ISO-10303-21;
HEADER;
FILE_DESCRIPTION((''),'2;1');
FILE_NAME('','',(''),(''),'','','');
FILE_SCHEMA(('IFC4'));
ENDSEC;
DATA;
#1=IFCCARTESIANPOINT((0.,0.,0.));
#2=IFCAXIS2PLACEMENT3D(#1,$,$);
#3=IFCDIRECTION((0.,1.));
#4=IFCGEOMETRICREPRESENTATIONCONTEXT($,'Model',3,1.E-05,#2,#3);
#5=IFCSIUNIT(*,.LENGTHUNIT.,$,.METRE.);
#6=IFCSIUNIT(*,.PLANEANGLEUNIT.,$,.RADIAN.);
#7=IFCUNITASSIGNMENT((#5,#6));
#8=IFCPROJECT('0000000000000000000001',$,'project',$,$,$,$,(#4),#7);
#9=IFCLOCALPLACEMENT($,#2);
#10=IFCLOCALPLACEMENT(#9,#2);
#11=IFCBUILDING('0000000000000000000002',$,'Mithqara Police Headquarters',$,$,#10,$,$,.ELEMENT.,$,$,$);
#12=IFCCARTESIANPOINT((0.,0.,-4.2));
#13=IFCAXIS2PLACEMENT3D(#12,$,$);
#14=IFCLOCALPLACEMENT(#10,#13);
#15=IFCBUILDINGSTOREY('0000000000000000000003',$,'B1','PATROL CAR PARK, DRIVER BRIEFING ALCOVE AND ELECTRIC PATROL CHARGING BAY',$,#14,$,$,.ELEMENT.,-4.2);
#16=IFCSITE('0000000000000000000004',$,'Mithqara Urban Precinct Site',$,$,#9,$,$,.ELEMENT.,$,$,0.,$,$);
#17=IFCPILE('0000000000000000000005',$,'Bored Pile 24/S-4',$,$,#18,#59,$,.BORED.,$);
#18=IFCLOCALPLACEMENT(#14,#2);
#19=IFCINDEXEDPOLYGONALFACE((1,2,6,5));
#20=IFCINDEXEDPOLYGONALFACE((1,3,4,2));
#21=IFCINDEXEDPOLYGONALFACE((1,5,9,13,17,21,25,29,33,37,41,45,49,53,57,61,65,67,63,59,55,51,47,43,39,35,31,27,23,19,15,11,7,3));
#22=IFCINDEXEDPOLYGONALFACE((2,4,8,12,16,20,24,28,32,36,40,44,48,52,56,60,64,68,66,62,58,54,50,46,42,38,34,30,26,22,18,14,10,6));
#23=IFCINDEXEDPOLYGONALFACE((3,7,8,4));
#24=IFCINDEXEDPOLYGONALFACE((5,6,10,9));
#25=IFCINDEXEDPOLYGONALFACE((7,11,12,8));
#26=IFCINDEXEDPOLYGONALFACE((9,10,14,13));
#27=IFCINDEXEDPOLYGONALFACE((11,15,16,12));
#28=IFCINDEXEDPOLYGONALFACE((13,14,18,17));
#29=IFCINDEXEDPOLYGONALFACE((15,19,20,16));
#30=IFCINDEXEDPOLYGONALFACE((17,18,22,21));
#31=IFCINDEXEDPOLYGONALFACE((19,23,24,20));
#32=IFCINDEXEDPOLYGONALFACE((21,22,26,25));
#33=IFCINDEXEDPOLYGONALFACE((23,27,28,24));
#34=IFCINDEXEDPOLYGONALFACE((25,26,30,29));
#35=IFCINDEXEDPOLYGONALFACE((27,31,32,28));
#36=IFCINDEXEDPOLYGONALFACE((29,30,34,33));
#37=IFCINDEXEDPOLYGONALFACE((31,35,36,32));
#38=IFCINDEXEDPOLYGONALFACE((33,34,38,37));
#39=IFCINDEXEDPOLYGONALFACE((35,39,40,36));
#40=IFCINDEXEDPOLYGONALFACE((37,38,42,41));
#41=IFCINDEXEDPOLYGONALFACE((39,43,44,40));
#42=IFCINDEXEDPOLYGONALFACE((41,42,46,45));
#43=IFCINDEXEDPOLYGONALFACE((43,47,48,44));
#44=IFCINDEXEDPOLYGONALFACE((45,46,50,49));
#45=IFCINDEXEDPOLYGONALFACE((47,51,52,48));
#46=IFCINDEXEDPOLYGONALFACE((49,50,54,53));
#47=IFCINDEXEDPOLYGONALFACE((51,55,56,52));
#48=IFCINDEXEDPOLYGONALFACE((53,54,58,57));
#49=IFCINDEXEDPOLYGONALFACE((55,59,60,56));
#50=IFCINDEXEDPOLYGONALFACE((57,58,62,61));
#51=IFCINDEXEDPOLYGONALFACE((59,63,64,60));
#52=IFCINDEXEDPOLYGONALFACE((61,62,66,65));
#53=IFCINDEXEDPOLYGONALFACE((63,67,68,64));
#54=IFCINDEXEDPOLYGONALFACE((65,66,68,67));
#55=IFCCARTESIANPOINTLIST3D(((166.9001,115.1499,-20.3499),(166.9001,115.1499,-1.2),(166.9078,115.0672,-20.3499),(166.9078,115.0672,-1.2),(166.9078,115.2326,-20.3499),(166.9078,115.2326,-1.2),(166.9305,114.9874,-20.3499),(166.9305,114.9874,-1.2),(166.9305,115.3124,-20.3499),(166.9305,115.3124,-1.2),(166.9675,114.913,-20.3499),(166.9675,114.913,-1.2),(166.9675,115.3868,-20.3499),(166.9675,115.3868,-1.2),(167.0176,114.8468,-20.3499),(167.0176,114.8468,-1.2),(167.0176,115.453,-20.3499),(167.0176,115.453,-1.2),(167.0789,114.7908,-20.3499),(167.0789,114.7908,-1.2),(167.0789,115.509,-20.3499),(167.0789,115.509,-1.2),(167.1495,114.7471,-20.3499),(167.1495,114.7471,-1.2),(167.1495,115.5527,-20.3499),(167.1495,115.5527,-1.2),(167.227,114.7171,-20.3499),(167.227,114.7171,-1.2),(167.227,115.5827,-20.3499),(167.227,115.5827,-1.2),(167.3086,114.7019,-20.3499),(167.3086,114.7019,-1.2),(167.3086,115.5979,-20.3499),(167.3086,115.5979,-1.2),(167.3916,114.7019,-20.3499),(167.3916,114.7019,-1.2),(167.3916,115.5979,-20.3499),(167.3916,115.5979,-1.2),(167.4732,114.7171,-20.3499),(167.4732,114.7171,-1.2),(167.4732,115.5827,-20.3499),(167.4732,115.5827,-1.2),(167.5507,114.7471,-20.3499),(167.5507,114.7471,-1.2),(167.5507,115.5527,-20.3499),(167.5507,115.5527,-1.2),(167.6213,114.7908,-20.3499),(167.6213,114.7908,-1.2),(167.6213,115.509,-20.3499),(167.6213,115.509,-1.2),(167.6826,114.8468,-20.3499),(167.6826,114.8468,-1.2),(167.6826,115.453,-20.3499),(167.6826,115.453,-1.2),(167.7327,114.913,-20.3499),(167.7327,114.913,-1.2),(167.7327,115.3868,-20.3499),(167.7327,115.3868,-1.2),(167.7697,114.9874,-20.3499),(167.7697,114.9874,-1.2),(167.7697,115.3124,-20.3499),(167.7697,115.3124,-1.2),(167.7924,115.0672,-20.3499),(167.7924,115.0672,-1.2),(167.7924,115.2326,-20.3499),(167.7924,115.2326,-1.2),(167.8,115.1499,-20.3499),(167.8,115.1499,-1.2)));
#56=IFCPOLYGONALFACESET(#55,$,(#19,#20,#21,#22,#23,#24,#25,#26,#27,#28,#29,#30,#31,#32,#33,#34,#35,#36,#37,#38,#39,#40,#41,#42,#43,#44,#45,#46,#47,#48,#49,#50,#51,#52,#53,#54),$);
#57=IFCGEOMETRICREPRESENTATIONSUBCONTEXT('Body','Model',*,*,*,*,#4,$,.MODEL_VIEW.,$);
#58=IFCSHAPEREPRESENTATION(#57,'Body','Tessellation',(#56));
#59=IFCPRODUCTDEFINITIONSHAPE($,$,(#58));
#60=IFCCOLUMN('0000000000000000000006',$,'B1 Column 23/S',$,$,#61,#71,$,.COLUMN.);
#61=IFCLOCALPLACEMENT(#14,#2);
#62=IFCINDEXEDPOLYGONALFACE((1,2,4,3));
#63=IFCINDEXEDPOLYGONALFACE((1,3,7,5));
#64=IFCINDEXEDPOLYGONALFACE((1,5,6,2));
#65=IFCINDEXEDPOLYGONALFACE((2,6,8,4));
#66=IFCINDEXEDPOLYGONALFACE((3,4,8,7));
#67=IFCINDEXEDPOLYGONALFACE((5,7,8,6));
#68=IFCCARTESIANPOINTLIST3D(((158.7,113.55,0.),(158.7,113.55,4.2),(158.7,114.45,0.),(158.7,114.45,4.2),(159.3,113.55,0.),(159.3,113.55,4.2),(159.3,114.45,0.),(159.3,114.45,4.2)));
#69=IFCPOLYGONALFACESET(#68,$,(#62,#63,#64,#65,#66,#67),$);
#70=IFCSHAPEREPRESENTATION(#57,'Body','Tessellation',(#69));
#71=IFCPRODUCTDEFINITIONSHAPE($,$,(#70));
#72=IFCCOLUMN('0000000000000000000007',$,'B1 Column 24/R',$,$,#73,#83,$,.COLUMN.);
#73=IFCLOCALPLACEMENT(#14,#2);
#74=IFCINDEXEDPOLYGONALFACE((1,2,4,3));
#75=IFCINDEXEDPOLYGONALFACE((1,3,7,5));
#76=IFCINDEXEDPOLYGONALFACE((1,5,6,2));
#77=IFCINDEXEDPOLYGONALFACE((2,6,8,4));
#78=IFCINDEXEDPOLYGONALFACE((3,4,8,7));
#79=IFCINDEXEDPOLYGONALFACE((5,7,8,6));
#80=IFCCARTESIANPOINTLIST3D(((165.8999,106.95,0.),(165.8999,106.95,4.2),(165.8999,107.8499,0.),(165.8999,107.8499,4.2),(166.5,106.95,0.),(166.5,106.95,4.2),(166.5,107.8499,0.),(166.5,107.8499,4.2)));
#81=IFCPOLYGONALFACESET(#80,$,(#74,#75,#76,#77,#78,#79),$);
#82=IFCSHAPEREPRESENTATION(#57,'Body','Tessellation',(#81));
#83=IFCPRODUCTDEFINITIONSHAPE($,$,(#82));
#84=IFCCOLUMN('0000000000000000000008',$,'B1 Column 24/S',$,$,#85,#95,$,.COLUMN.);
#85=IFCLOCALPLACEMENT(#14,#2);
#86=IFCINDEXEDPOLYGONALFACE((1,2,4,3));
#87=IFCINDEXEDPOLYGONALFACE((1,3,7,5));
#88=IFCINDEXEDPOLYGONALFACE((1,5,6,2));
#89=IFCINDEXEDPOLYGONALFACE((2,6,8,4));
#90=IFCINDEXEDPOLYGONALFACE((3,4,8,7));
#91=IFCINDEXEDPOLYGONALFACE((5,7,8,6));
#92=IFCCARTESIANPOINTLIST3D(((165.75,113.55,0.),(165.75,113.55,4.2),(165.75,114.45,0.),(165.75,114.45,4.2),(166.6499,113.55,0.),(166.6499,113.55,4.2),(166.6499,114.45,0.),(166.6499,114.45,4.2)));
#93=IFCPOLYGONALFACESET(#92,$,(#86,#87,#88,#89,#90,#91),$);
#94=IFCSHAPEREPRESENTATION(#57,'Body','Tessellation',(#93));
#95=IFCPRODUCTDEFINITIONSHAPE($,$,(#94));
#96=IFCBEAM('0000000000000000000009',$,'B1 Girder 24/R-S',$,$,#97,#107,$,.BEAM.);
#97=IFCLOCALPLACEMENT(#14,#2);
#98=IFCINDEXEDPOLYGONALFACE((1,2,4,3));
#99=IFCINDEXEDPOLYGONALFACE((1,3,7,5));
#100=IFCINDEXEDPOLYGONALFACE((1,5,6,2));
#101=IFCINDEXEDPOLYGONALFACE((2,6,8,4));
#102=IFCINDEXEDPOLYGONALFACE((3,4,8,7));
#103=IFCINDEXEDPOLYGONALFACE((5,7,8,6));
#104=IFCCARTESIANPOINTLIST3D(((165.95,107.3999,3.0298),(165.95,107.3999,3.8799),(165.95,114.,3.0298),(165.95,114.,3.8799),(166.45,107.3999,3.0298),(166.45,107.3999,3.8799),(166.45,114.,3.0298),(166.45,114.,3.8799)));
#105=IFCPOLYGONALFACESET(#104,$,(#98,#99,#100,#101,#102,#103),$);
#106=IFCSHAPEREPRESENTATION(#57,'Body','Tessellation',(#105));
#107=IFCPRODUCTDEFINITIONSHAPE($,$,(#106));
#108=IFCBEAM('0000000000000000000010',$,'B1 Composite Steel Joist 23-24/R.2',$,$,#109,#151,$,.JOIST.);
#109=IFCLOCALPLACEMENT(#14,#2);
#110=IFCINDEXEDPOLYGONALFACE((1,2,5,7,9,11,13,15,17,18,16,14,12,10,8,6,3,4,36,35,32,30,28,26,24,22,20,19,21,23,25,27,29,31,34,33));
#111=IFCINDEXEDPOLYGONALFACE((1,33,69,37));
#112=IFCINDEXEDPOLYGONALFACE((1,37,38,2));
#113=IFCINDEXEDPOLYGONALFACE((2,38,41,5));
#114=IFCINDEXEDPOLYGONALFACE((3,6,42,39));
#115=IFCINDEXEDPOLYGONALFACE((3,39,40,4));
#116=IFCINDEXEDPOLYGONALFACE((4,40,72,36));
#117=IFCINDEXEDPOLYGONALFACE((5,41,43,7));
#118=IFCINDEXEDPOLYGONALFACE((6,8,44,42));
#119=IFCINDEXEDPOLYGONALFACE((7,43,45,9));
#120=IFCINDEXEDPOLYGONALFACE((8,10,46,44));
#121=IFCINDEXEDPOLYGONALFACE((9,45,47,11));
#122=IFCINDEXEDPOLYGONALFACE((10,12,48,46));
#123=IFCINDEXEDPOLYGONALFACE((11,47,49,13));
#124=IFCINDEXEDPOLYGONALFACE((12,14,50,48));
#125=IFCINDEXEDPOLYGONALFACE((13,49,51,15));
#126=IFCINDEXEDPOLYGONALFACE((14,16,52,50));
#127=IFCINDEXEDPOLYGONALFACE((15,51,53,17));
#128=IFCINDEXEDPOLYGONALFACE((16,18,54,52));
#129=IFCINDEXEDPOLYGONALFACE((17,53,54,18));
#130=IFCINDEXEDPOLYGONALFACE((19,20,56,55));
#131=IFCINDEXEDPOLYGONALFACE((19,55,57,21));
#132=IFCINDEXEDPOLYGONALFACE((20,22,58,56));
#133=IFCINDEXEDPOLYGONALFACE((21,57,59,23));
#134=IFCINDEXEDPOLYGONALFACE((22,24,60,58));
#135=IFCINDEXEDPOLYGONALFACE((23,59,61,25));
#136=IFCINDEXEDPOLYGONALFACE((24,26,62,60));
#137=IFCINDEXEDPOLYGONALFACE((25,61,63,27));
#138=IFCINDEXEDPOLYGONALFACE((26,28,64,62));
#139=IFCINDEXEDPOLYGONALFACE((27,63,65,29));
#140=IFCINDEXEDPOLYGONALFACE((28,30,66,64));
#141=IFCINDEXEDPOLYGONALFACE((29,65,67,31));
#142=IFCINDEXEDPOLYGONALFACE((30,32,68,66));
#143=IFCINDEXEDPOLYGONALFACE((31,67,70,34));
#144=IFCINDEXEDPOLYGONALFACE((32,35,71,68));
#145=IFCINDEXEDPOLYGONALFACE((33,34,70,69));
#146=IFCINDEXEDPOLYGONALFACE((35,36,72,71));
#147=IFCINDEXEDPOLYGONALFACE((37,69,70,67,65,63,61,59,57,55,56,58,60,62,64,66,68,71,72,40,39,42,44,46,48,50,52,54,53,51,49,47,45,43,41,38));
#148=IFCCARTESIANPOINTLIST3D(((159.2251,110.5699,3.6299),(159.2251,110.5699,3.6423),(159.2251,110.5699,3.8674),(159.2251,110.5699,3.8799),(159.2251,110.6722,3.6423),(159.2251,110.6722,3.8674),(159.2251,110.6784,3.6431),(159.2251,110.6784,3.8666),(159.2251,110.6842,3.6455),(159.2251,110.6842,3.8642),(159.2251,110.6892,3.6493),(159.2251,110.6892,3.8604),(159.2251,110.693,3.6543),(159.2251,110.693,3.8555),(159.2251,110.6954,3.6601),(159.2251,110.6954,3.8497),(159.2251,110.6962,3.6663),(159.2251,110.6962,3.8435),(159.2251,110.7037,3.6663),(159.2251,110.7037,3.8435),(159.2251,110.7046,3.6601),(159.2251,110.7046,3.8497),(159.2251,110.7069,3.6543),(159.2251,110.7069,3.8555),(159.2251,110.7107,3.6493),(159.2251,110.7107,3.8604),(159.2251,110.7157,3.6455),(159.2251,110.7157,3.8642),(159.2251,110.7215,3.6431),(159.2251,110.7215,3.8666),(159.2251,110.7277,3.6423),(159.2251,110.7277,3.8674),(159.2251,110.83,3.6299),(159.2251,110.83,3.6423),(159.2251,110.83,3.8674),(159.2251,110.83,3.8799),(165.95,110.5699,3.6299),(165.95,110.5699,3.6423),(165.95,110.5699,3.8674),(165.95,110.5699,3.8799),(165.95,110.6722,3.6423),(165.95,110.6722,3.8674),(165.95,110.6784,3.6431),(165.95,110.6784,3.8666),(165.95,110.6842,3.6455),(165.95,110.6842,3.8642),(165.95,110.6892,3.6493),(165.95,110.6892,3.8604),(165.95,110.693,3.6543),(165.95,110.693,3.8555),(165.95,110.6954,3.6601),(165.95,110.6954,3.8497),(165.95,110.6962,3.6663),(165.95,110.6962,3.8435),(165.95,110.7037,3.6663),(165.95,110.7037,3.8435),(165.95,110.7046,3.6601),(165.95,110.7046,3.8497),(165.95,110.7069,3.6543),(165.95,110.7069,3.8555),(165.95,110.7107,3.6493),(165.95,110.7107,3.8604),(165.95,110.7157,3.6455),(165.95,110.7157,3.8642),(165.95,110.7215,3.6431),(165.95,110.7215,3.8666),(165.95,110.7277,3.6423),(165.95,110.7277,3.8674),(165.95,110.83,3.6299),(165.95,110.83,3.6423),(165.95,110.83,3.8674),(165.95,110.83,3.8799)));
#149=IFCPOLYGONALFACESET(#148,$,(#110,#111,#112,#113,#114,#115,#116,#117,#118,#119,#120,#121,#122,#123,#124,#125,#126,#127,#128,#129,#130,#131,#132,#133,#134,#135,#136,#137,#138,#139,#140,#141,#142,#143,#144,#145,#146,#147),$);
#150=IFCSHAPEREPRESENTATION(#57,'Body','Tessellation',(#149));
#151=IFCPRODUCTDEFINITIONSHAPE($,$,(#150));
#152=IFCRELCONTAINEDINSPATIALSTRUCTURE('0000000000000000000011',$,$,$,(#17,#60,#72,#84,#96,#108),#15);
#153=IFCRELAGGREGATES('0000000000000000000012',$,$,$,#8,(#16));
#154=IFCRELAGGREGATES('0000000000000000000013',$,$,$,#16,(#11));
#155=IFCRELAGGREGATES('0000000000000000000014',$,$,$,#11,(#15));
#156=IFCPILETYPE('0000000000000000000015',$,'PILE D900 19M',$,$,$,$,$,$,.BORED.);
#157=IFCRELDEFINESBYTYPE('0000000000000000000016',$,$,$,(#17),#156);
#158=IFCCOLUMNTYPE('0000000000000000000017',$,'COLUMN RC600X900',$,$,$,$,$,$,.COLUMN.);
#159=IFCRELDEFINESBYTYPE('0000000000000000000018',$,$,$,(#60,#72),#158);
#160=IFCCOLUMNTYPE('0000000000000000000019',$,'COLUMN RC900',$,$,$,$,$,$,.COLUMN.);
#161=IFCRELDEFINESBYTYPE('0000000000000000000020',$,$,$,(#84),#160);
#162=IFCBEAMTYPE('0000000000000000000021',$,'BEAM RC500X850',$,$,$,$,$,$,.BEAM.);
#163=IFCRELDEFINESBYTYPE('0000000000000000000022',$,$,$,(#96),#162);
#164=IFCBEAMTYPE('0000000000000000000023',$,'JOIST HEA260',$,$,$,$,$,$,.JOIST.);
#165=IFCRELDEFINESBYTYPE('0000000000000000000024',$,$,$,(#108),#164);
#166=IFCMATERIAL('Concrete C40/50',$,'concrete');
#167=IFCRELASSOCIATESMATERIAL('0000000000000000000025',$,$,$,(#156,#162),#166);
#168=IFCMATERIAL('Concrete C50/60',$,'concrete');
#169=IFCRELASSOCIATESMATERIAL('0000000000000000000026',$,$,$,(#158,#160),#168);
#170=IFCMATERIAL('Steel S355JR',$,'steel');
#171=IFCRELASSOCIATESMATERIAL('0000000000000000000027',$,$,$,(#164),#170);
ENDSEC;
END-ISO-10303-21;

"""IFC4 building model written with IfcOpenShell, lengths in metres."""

from ifc_helpers import new_model, si_unit, direction, frame, origin, origin_2d, place, context, subcontext, project, spatial, rectangle, circle, i_section, extrude, material, material_profile, profile_set, type_object, element, save


model = new_model("IFC4")

# Units and contexts
model_context = context("Model", 3, precision=1e-05, world=origin(), true_north=direction((0.0, 1.0)))
body_context = subcontext(model_context, "Body", "Model", "MODEL_VIEW")
ifc_project = project(units=[si_unit("LENGTHUNIT", "METRE"), si_unit("PLANEANGLEUNIT", "RADIAN")], contexts=[model_context])

# Site, building, storey
site_placement = place(None, origin())
site = spatial("IfcSite", under=ifc_project, at=site_placement, Name="Mithqara Urban Precinct Site", CompositionType="ELEMENT", RefElevation=0.0)
building_placement = place(site_placement, origin())
building = spatial("IfcBuilding", under=site, at=building_placement, Name="Mithqara Police Headquarters", CompositionType="ELEMENT")
storey_placement = place(building_placement, frame((0.0, 0.0, -4.2)))
storey = spatial("IfcBuildingStorey", under=building, at=storey_placement, Name="B1", Description="PATROL CAR PARK, DRIVER BRIEFING ALCOVE AND ELECTRIC PATROL CHARGING BAY", CompositionType="ELEMENT", Elevation=-4.2)

# Shared definitions
ifc_material_1 = material(Name="Concrete C40/50", Category="concrete")

# Pile
ifc_material_profile_1 = material_profile(ifc_material_1, circle(Radius=0.45, at=origin_2d()), Name="PILE D900")
ifc_profile_set_1 = profile_set([ifc_material_profile_1], Name="Concrete C40/50")
pile_type_1 = type_object("IfcPileType", Name="PILE D900 19M", PredefinedType="BORED", material=ifc_profile_set_1)
for number, where, z_axis, x_axis, name in (
    (1, (167.3501, 115.1499, -1.2), (0.0, 0.0, -1.0), (1.0, 0.0, 0.0), "Bored Pile 24/S-4"),
):
    element("IfcPile", number, at=place(storey_placement, frame(where, z_axis=z_axis, x_axis=x_axis)), inside=storey, type_object=pile_type_1, Name=name, PredefinedType="BORED", context=body_context, shape_type="SweptSolid", body=[
        extrude(circle(Radius=0.45, at=origin_2d()), origin(), (0.0, 0.0, 1.0), 19.1499),
    ])

# Columns
ifc_material_2 = material(Name="Concrete C50/60", Category="concrete")
ifc_material_profile_2 = material_profile(ifc_material_2, rectangle(XDim=0.6001, YDim=0.8999, at=origin_2d()), Name="RC 600x900")
ifc_profile_set_2 = profile_set([ifc_material_profile_2], Name="Concrete C50/60")
column_type_1 = type_object("IfcColumnType", Name="COLUMN RC600X900", PredefinedType="COLUMN", material=ifc_profile_set_2)
for number, where, z_axis, x_axis, name in (
    (2, (159.0, 114.0, 0.0), (0.0, 0.0, 1.0), (1.0, 0.0, 0.0), "B1 Column 23/S"),
    (3, (166.2, 107.3999, 0.0), (0.0, 0.0, 1.0), (1.0, 0.0, 0.0), "B1 Column 24/R"),
):
    element("IfcColumn", number, at=place(storey_placement, frame(where, z_axis=z_axis, x_axis=x_axis)), inside=storey, type_object=column_type_1, Name=name, PredefinedType="COLUMN", context=body_context, shape_type="SweptSolid", body=[
        extrude(rectangle(XDim=0.6001, YDim=0.8999, at=origin_2d()), origin(), (0.0, 0.0, 1.0), 4.2),
    ])
ifc_material_profile_3 = material_profile(ifc_material_2, rectangle(XDim=0.8999, YDim=0.8999, at=origin_2d()), Name="RC 900x900")
ifc_profile_set_3 = profile_set([ifc_material_profile_3], Name="Concrete C50/60")
column_type_2 = type_object("IfcColumnType", Name="COLUMN RC900", PredefinedType="COLUMN", material=ifc_profile_set_3)
column_placement = place(storey_placement, frame((166.2, 114.0, 0.0), z_axis=(0.0, 0.0, 1.0), x_axis=(1.0, 0.0, 0.0)))
element("IfcColumn", 4, at=column_placement, inside=storey, type_object=column_type_2, Name="B1 Column 24/S", PredefinedType="COLUMN", context=body_context, shape_type="SweptSolid", body=[
    extrude(rectangle(XDim=0.8999, YDim=0.8999, at=origin_2d()), origin(), (0.0, 0.0, 1.0), 4.2),
])

# Beams
ifc_material_profile_4 = material_profile(ifc_material_1, rectangle(XDim=0.5, YDim=0.8501, at=origin_2d()), Name="RC 500x850")
ifc_profile_set_4 = profile_set([ifc_material_profile_4], Name="Concrete C40/50")
beam_type_1 = type_object("IfcBeamType", Name="BEAM RC500X850", PredefinedType="BEAM", material=ifc_profile_set_4)
beam_1_placement = place(storey_placement, frame((166.2, 107.3999, 3.4548), z_axis=(0.0, 1.0, 0.0), x_axis=(-1.0, 0.0, 0.0)))
element("IfcBeam", 5, at=beam_1_placement, inside=storey, type_object=beam_type_1, Name="B1 Girder 24/R-S", PredefinedType="BEAM", context=body_context, shape_type="SweptSolid", body=[
    extrude(rectangle(XDim=0.5, YDim=0.8501, at=origin_2d()), origin(), (0.0, 0.0, 1.0), 6.6001),
])
ifc_material_3 = material(Name="Steel S355JR", Category="steel")
ifc_material_profile_5 = material_profile(ifc_material_3, i_section(OverallWidth=0.26, OverallDepth=0.25, WebThickness=0.0076, FlangeThickness=0.0125, FilletRadius=0.0239, at=origin_2d()), Name="HEA 260")
ifc_profile_set_5 = profile_set([ifc_material_profile_5], Name="Steel S355JR")
beam_type_2 = type_object("IfcBeamType", Name="JOIST HEA260", PredefinedType="JOIST", material=ifc_profile_set_5)
beam_2_placement = place(storey_placement, frame((159.2251, 110.7, 3.7549), z_axis=(1.0, 0.0, 0.0), x_axis=(0.0, 1.0, 0.0)))
element("IfcBeam", 6, at=beam_2_placement, inside=storey, type_object=beam_type_2, Name="B1 Composite Steel Joist 23-24/R.2", PredefinedType="JOIST", context=body_context, shape_type="SweptSolid", body=[
    extrude(i_section(OverallWidth=0.26, OverallDepth=0.25, WebThickness=0.0076, FlangeThickness=0.0125, FilletRadius=0.0239, at=origin_2d()), origin(), (0.0, 0.0, 1.0), 6.7249),
])

save(model, "model.ifc")
